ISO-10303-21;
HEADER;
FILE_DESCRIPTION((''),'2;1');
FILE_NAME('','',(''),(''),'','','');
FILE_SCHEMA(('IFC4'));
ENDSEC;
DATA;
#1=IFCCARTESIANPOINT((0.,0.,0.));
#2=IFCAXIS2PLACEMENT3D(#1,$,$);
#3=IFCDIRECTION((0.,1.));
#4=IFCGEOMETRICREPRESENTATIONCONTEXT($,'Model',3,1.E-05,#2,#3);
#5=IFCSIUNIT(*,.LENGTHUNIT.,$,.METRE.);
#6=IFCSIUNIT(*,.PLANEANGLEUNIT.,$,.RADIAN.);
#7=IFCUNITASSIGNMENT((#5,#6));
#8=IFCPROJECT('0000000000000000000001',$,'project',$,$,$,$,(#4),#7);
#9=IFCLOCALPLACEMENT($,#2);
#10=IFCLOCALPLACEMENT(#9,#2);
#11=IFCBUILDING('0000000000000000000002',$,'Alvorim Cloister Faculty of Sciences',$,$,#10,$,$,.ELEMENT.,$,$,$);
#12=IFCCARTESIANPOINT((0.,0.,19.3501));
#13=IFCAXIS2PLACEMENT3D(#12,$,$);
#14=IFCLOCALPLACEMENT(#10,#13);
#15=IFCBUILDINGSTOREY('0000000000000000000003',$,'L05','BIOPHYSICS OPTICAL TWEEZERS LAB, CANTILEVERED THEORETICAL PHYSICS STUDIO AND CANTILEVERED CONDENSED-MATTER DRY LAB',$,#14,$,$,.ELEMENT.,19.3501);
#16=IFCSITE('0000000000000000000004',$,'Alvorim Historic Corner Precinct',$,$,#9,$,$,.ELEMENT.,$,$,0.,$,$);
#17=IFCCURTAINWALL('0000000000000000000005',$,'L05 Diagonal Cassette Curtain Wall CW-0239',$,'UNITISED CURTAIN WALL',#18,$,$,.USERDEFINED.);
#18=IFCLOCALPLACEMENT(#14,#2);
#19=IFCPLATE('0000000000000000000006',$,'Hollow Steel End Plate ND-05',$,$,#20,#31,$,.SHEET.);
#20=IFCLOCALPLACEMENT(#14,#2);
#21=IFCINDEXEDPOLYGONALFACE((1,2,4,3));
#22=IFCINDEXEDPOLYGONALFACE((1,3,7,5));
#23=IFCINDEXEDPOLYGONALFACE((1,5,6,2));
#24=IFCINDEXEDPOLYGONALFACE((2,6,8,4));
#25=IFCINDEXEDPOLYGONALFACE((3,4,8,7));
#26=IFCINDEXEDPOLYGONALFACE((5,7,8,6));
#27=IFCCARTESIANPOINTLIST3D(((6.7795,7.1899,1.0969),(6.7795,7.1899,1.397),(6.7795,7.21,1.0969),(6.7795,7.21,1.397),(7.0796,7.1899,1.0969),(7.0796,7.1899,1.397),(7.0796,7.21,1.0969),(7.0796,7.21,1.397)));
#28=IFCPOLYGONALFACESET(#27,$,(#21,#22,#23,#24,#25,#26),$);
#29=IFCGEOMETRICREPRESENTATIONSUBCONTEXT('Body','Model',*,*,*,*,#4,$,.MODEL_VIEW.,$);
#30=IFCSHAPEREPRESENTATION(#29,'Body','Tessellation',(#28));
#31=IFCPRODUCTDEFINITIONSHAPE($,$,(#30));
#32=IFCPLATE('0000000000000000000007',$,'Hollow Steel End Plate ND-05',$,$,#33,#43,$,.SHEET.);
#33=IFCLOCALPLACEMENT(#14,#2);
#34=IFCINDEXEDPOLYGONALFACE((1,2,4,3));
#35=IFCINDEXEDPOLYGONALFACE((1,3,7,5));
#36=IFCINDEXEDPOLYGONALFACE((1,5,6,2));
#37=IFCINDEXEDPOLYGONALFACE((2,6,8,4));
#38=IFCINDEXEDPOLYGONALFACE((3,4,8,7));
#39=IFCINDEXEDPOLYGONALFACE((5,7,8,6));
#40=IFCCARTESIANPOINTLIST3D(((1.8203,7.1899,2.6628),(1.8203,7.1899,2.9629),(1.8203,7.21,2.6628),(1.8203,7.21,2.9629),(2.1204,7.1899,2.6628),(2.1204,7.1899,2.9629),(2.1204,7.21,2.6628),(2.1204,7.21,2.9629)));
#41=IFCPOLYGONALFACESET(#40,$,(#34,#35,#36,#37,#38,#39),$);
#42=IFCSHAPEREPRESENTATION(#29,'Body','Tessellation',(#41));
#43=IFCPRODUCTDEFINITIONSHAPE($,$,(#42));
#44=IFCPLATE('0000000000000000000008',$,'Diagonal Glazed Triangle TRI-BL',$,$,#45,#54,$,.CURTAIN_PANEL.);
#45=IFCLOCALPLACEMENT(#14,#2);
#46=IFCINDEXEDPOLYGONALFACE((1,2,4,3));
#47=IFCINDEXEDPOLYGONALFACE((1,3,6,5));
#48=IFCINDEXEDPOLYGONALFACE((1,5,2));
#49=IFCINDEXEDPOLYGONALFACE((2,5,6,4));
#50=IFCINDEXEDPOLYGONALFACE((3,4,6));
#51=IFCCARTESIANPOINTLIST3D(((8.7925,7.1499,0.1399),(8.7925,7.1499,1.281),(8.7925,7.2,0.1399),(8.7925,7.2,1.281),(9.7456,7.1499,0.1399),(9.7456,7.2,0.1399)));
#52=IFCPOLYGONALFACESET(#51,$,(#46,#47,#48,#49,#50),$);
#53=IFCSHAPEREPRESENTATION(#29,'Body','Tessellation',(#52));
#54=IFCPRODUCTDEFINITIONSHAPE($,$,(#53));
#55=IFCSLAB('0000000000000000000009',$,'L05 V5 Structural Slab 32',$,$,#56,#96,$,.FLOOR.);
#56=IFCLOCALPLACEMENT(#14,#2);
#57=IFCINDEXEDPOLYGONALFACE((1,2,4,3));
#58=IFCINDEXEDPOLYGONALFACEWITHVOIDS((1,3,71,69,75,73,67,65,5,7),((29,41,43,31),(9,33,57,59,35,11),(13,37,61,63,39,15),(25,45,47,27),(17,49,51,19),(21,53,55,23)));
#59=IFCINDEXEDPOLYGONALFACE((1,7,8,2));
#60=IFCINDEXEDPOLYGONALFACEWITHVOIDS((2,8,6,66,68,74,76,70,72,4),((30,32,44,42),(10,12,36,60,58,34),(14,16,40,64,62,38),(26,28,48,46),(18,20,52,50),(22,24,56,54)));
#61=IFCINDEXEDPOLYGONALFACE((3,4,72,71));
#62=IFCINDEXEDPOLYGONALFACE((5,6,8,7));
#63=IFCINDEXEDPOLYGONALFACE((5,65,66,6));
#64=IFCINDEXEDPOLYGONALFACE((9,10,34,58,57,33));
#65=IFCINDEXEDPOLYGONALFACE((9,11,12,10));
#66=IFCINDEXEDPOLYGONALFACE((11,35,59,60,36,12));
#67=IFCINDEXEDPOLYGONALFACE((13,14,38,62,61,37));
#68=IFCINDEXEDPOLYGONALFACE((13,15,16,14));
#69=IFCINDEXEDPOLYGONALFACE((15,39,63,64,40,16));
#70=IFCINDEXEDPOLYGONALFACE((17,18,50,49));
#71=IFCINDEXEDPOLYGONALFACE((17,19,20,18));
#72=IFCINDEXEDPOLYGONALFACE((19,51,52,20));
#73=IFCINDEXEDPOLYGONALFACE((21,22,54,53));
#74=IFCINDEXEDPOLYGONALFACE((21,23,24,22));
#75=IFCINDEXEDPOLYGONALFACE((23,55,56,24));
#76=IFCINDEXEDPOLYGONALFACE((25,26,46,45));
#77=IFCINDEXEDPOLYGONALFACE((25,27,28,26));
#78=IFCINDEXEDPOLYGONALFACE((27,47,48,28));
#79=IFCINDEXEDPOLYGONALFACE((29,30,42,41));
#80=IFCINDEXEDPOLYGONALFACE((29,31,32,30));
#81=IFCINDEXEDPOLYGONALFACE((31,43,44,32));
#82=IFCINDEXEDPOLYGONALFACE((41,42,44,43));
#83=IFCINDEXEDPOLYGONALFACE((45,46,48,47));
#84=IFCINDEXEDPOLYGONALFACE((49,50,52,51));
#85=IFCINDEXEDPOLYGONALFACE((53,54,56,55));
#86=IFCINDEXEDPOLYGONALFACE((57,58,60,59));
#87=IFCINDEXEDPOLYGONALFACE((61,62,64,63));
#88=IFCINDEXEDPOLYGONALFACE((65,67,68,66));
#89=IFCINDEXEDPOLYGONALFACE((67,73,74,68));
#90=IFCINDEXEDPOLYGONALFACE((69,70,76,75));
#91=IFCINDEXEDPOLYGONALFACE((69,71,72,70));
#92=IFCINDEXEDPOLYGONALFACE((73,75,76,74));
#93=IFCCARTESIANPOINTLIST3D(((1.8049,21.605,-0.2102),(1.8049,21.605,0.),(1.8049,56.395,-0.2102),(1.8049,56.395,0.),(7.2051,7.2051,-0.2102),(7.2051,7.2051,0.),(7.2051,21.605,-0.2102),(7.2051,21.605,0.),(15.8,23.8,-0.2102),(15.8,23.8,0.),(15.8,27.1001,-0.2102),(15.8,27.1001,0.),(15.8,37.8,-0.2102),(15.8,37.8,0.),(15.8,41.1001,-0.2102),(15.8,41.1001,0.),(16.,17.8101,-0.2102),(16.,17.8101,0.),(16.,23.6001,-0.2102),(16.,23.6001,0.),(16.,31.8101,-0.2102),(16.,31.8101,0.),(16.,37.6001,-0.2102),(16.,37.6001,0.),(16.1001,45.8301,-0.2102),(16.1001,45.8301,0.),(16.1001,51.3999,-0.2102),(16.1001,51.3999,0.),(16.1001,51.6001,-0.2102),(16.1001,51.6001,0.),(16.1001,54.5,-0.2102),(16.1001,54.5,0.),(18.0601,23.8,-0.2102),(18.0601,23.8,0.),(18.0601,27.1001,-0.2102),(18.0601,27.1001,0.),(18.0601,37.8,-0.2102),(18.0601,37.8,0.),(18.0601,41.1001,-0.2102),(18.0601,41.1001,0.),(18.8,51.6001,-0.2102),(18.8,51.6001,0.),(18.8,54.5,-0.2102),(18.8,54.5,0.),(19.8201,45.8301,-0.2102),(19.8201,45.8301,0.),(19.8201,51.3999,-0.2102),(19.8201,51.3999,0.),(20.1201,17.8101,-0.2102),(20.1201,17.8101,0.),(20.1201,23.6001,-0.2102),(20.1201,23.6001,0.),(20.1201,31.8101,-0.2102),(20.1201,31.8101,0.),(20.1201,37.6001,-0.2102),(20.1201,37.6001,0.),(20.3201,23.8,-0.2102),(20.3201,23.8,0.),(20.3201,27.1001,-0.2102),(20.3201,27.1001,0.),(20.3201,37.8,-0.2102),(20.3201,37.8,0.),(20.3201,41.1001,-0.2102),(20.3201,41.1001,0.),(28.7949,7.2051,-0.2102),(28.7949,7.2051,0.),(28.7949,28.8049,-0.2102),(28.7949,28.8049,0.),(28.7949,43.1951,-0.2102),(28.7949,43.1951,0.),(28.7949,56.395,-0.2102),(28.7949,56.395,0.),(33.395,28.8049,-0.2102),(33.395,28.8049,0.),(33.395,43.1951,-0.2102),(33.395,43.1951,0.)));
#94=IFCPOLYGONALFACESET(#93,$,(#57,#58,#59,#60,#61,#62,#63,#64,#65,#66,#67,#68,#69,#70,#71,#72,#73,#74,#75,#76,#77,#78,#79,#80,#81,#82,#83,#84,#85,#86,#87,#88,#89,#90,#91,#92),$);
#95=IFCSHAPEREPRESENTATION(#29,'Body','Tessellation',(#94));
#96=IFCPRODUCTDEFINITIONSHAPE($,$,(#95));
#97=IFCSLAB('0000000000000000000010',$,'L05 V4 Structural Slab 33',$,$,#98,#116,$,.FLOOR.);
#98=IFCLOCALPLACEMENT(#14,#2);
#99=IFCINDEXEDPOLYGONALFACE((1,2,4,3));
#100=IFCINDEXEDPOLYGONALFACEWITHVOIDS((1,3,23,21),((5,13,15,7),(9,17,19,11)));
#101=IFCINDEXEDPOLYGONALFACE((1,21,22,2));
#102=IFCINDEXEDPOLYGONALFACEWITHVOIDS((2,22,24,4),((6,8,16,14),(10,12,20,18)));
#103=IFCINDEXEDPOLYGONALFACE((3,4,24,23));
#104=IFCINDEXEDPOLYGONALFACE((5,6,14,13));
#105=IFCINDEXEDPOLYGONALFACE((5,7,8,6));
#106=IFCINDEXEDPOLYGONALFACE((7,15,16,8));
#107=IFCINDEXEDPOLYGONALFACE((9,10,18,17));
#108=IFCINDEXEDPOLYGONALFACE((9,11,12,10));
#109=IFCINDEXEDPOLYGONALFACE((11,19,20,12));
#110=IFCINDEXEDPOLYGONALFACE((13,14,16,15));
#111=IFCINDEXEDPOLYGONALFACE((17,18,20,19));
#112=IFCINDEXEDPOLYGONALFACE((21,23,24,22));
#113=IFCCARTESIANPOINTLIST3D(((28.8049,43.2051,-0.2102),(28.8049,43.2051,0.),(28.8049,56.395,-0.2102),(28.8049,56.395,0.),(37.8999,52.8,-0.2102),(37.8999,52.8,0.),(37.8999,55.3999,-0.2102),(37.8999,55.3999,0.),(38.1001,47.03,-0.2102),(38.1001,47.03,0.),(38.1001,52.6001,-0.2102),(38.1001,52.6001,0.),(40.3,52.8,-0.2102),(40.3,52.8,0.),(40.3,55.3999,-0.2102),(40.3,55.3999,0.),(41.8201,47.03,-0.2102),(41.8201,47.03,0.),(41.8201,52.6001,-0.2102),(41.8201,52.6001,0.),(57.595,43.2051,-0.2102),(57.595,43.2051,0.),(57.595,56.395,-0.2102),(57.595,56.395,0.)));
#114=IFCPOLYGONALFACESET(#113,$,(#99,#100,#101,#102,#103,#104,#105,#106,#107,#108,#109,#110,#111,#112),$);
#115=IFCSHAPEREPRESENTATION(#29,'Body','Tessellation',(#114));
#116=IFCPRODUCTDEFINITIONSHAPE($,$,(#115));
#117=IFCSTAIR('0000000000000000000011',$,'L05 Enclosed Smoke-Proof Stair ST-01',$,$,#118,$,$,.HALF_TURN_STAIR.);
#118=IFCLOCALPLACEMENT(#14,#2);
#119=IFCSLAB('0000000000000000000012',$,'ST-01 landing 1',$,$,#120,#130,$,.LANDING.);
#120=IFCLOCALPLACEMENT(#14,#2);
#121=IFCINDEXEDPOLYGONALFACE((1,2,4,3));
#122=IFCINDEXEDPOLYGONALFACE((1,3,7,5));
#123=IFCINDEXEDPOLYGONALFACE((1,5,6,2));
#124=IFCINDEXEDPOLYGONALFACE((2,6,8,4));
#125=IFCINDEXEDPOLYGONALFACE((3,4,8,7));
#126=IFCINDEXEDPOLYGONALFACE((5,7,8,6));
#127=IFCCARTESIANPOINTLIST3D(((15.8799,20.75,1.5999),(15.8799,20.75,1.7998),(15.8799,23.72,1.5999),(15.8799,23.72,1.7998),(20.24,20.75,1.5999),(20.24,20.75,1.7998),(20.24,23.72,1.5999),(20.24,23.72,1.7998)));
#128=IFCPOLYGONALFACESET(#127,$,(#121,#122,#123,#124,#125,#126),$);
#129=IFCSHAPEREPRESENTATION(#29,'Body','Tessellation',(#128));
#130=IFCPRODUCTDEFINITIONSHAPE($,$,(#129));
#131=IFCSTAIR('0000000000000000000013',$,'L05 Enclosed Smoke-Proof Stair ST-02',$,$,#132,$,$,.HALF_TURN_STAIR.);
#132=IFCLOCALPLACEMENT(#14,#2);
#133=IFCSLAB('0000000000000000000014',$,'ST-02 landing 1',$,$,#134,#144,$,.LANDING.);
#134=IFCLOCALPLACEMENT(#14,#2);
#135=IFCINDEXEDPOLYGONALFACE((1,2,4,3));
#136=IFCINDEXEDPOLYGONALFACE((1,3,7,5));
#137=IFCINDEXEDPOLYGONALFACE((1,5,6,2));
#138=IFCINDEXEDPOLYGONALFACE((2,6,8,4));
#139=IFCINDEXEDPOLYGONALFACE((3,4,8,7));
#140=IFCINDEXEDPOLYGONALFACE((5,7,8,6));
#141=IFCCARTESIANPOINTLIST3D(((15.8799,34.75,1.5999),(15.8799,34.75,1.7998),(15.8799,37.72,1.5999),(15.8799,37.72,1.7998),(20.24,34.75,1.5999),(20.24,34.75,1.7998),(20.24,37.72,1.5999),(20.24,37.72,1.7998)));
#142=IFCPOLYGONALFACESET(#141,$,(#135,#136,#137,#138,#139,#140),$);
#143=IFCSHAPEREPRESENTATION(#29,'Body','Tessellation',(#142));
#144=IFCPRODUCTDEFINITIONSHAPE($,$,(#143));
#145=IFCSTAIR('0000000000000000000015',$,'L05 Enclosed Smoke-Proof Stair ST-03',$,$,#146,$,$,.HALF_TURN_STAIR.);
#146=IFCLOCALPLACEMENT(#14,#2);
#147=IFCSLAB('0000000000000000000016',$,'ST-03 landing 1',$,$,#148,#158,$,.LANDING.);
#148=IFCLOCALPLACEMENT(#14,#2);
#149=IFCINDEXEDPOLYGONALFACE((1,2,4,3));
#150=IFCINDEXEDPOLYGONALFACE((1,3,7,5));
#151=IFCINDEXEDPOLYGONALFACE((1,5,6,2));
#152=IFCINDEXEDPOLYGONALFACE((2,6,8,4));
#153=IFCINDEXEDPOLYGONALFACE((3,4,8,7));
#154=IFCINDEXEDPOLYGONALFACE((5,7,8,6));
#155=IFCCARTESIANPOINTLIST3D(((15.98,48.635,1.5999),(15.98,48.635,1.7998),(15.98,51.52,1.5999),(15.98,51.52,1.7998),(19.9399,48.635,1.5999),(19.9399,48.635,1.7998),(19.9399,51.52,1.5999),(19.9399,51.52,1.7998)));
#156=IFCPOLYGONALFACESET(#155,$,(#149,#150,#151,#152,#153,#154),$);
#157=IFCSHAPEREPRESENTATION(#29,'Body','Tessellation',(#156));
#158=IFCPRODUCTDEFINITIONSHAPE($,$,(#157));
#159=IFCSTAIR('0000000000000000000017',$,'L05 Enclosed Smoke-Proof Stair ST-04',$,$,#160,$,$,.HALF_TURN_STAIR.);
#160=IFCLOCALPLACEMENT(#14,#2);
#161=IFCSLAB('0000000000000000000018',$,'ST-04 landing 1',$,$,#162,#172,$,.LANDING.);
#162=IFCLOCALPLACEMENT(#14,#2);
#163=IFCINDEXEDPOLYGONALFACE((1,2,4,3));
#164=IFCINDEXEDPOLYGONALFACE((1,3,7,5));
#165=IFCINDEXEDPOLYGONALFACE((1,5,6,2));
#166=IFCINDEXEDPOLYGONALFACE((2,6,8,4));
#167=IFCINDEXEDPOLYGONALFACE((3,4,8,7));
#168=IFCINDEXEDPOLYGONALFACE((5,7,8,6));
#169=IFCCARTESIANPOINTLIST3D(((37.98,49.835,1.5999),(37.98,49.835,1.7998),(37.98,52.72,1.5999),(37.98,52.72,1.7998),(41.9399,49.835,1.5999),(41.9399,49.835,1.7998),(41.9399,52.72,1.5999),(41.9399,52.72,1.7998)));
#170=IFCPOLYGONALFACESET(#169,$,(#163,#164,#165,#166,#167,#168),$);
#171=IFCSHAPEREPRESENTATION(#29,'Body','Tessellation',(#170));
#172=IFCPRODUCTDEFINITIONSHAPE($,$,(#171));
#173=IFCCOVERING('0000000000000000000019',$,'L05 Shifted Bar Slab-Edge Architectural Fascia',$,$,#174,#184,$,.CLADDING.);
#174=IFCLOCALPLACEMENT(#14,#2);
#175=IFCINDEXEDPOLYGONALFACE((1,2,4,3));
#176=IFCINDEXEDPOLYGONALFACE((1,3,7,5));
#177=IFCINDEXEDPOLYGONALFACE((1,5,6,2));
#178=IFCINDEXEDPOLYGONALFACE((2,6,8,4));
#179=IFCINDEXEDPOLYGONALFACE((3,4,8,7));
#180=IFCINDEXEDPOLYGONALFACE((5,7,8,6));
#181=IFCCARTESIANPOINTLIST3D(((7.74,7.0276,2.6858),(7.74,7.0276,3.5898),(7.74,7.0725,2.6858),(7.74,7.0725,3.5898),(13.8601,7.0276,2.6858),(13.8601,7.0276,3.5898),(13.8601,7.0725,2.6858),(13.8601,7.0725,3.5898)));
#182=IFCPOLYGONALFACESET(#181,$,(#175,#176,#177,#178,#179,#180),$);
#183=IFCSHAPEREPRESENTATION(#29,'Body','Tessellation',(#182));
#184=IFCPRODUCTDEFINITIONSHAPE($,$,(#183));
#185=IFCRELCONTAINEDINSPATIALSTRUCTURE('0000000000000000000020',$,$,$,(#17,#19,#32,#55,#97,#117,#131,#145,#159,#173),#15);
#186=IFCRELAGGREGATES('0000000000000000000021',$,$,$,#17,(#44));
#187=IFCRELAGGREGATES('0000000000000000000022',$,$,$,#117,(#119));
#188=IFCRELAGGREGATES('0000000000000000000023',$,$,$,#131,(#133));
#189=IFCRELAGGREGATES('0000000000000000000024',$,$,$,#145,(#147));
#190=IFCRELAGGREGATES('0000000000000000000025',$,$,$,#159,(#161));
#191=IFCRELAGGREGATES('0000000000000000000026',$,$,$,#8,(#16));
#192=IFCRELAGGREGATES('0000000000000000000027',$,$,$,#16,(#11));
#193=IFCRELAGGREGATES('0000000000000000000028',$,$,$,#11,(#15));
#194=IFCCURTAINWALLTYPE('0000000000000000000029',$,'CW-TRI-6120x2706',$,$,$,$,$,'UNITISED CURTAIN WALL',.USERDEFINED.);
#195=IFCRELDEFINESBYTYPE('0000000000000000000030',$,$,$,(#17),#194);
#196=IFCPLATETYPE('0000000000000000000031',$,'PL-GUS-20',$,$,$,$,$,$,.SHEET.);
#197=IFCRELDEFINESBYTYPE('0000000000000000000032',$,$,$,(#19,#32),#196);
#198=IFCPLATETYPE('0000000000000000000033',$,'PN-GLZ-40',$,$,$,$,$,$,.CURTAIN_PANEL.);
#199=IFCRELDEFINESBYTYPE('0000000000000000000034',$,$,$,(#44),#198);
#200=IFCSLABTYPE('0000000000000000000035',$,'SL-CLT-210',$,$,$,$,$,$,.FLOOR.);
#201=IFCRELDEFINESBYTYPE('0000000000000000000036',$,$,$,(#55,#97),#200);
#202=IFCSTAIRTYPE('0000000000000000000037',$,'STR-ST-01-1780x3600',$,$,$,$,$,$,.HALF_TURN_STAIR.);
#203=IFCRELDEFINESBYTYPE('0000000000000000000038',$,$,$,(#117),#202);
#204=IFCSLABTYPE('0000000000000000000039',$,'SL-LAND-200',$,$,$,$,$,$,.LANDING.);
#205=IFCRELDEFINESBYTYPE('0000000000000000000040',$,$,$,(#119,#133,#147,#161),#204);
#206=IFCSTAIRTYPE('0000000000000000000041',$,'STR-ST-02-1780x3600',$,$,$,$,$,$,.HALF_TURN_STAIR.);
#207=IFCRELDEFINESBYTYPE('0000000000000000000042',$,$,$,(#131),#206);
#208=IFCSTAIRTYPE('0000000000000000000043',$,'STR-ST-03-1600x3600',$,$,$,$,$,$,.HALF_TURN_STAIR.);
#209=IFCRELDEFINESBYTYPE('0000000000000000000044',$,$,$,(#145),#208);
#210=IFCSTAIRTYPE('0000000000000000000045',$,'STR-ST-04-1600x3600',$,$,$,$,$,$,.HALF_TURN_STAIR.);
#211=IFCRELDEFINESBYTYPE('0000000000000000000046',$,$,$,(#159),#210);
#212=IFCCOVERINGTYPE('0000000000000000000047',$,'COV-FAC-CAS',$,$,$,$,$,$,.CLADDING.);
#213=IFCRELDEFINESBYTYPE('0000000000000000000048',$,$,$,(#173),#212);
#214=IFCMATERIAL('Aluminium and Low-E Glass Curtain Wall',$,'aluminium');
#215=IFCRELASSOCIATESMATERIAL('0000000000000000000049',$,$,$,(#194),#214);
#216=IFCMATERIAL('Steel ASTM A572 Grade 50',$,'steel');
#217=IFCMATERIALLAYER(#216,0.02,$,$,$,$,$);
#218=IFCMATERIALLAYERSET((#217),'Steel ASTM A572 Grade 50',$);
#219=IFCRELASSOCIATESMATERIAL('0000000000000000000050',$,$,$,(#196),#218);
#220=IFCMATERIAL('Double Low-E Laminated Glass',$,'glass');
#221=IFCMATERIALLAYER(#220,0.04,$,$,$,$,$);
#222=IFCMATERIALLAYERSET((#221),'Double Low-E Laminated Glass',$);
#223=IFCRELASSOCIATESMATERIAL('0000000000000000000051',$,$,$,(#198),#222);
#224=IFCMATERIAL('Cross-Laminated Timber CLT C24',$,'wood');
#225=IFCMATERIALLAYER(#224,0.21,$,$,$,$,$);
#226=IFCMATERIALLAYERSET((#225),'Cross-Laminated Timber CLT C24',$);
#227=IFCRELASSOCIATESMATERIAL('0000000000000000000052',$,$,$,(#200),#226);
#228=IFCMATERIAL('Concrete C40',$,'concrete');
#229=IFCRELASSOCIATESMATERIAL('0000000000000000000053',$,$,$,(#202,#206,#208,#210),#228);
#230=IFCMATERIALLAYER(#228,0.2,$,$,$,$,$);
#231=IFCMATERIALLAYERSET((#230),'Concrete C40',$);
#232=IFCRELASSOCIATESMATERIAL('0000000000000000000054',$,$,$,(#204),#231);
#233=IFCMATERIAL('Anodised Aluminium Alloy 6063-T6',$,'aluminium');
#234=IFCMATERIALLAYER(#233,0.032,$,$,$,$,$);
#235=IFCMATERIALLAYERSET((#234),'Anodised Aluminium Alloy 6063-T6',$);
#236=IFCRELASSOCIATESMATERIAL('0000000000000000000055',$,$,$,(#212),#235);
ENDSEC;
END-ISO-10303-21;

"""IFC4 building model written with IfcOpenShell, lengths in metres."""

from ifc_helpers import new_model, si_unit, direction, frame, origin, place, context, subcontext, project, spatial, polyline, outline, extrude, material, layer, layer_set, type_object, element, aggregate, save


model = new_model("IFC4")

# Units and contexts
model_context = context("Model", 3, precision=1e-05, world=origin(), true_north=direction((0.0, 1.0)))
body_context = subcontext(model_context, "Body", "Model", "MODEL_VIEW")
ifc_project = project(units=[si_unit("LENGTHUNIT", "METRE"), si_unit("PLANEANGLEUNIT", "RADIAN")], contexts=[model_context])

# Site, building, storey
site_placement = place(None, origin())
site = spatial("IfcSite", under=ifc_project, at=site_placement, Name="Alvorim Historic Corner Precinct", CompositionType="ELEMENT", RefElevation=0.0)
building_placement = place(site_placement, origin())
building = spatial("IfcBuilding", under=site, at=building_placement, Name="Alvorim Cloister Faculty of Sciences", CompositionType="ELEMENT")
storey_placement = place(building_placement, frame((0.0, 0.0, 19.3501)))
storey = spatial("IfcBuildingStorey", under=building, at=storey_placement, Name="L05", Description="BIOPHYSICS OPTICAL TWEEZERS LAB, CANTILEVERED THEORETICAL PHYSICS STUDIO AND CANTILEVERED CONDENSED-MATTER DRY LAB", CompositionType="ELEMENT", Elevation=19.3501)

# Shared definitions
ifc_material_1 = material(Name="Steel ASTM A572 Grade 50", Category="steel")

# Curtain wall
ifc_material_2 = material(Name="Aluminium and Low-E Glass Curtain Wall", Category="aluminium")
curtain_wall_type = type_object("IfcCurtainWallType", Name="CW-TRI-6120x2706", ElementType="UNITISED CURTAIN WALL", PredefinedType="USERDEFINED", material=ifc_material_2)
curtain_wall_placement = place(storey_placement, origin())
curtain_wall = element("IfcCurtainWall", 1, at=curtain_wall_placement, inside=storey, type_object=curtain_wall_type, Name="L05 Diagonal Cassette Curtain Wall CW-0239", ObjectType="UNITISED CURTAIN WALL", PredefinedType="USERDEFINED")

# Plates
ifc_layer_1 = layer(ifc_material_1, 0.02)
ifc_layer_set_1 = layer_set([ifc_layer_1], Name="Steel ASTM A572 Grade 50")
plate_type_1 = type_object("IfcPlateType", Name="PL-GUS-20", PredefinedType="SHEET", material=ifc_layer_set_1)
for number, where, z_axis, x_axis, name in (
    (2, (7.0796, 7.2, 1.0969), (0.0, 0.0, 1.0), (-1.0, 0.0, 0.0), "Hollow Steel End Plate ND-05"),
    (3, (2.1204, 7.2, 2.6628), (0.0, 0.0, 1.0), (-1.0, 0.0, 0.0), "Hollow Steel End Plate ND-05"),
):
    element("IfcPlate", number, at=place(storey_placement, frame(where, z_axis=z_axis, x_axis=x_axis)), inside=storey, type_object=plate_type_1, Name=name, PredefinedType="SHEET", context=body_context, shape_type="SweptSolid", body=[
        extrude(outline(polyline([(0.0, 0.0), (0.3, 0.0), (0.3, 0.3), (0.0, 0.3), (0.0, 0.0)])), frame((0.0, 0.01, 0.0), z_axis=(0.0, -1.0, 0.0), x_axis=(1.0, 0.0, 0.0)), (0.0, 0.0, 1.0), 0.02),
    ])

# Plate
ifc_material_3 = material(Name="Double Low-E Laminated Glass", Category="glass")
ifc_layer_2 = layer(ifc_material_3, 0.04)
ifc_layer_set_2 = layer_set([ifc_layer_2], Name="Double Low-E Laminated Glass")
plate_type_2 = type_object("IfcPlateType", Name="PN-GLZ-40", PredefinedType="CURTAIN_PANEL", material=ifc_layer_set_2)
plate_1_placement = place(storey_placement, frame((8.7925, 7.175, 0.1399), z_axis=(0.0, 0.0, 1.0), x_axis=(1.0, 0.0, 0.0)))
plate_1 = element("IfcPlate", 4, at=plate_1_placement, type_object=plate_type_2, Name="Diagonal Glazed Triangle TRI-BL", PredefinedType="CURTAIN_PANEL", context=body_context, shape_type="SweptSolid", body=[
    extrude(outline(polyline([(0.0, 0.0), (0.9531, 0.0), (0.0, 1.1411), (0.0, 0.0)])), frame((0.0, 0.0249, 0.0), z_axis=(0.0, -1.0, 0.0), x_axis=(1.0, 0.0, 0.0)), (0.0, 0.0, 1.0), 0.05),
])
aggregate(curtain_wall, [plate_1])

# Slabs
ifc_material_4 = material(Name="Cross-Laminated Timber CLT C24", Category="wood")
ifc_layer_3 = layer(ifc_material_4, 0.21)
ifc_layer_set_3 = layer_set([ifc_layer_3], Name="Cross-Laminated Timber CLT C24")
slab_type_1 = type_object("IfcSlabType", Name="SL-CLT-210", PredefinedType="FLOOR", material=ifc_layer_set_3)
slab_1_placement = place(storey_placement, frame((0.0, 0.0, -0.2102)))
element("IfcSlab", 5, at=slab_1_placement, inside=storey, type_object=slab_type_1, Name="L05 V5 Structural Slab 32", PredefinedType="FLOOR", context=body_context, shape_type="SweptSolid", body=[
    extrude(outline(polyline([(7.2051, 21.605), (1.8049, 21.605), (1.8049, 56.395), (28.7949, 56.395), (28.7949, 43.1951), (33.395, 43.1951), (33.395, 28.8049), (28.7949, 28.8049), (28.7949, 7.2051), (7.2051, 7.2051), (7.2051, 21.605)]), holes=[polyline([(16.0, 23.6001), (16.0, 17.8101), (20.1201, 17.8101), (20.1201, 23.6001), (16.0, 23.6001)]), polyline([(15.8, 27.1001), (15.8, 23.8), (18.0601, 23.8), (20.3201, 23.8), (20.3201, 27.1001), (18.0601, 27.1001), (15.8, 27.1001)]), polyline([(20.1201, 37.6001), (16.0, 37.6001), (16.0, 31.8101), (20.1201, 31.8101), (20.1201, 37.6001)]), polyline([(18.0601, 37.8), (20.3201, 37.8), (20.3201, 41.1001), (18.0601, 41.1001), (15.8, 41.1001), (15.8, 37.8), (18.0601, 37.8)]), polyline([(16.1001, 51.3999), (16.1001, 45.8301), (19.8201, 45.8301), (19.8201, 51.3999), (16.1001, 51.3999)]), polyline([(18.8, 54.5), (16.1001, 54.5), (16.1001, 51.6001), (18.8, 51.6001), (18.8, 54.5)])]), origin(), (0.0, 0.0, 1.0), 0.2102),
])
slab_2_placement = place(storey_placement, frame((0.0, 0.0, -0.2102)))
element("IfcSlab", 6, at=slab_2_placement, inside=storey, type_object=slab_type_1, Name="L05 V4 Structural Slab 33", PredefinedType="FLOOR", context=body_context, shape_type="SweptSolid", body=[
    extrude(outline(polyline([(28.8049, 43.2051), (28.8049, 56.395), (57.595, 56.395), (57.595, 43.2051), (28.8049, 43.2051)]), holes=[polyline([(38.1001, 52.6001), (38.1001, 47.03), (41.8201, 47.03), (41.8201, 52.6001), (38.1001, 52.6001)]), polyline([(40.3, 55.3999), (37.8999, 55.3999), (37.8999, 52.8), (40.3, 52.8), (40.3, 55.3999)])]), origin(), (0.0, 0.0, 1.0), 0.2102),
])

# Stairs, slabs
ifc_material_5 = material(Name="Concrete C40", Category="concrete")
stair_type_1 = type_object("IfcStairType", Name="STR-ST-01-1780x3600", PredefinedType="HALF_TURN_STAIR", material=ifc_material_5)
stair_1_placement = place(storey_placement, origin())
stair_1 = element("IfcStair", 7, at=stair_1_placement, inside=storey, type_object=stair_type_1, Name="L05 Enclosed Smoke-Proof Stair ST-01", PredefinedType="HALF_TURN_STAIR")
ifc_layer_4 = layer(ifc_material_5, 0.2)
ifc_layer_set_4 = layer_set([ifc_layer_4], Name="Concrete C40")
slab_type_2 = type_object("IfcSlabType", Name="SL-LAND-200", PredefinedType="LANDING", material=ifc_layer_set_4)
slab_3_placement = place(storey_placement, frame((0.0, 0.0, 1.5999)))
slab_3 = element("IfcSlab", 8, at=slab_3_placement, type_object=slab_type_2, Name="ST-01 landing 1", PredefinedType="LANDING", context=body_context, shape_type="SweptSolid", body=[
    extrude(outline(polyline([(20.24, 20.75), (20.24, 23.72), (15.8799, 23.72), (15.8799, 20.75), (20.24, 20.75)])), origin(), (0.0, 0.0, 1.0), 0.2),
])
aggregate(stair_1, [slab_3])
stair_type_2 = type_object("IfcStairType", Name="STR-ST-02-1780x3600", PredefinedType="HALF_TURN_STAIR", material=ifc_material_5)
stair_2_placement = place(storey_placement, origin())
stair_2 = element("IfcStair", 9, at=stair_2_placement, inside=storey, type_object=stair_type_2, Name="L05 Enclosed Smoke-Proof Stair ST-02", PredefinedType="HALF_TURN_STAIR")
slab_4_placement = place(storey_placement, frame((0.0, 0.0, 1.5999)))
slab_4 = element("IfcSlab", 10, at=slab_4_placement, type_object=slab_type_2, Name="ST-02 landing 1", PredefinedType="LANDING", context=body_context, shape_type="SweptSolid", body=[
    extrude(outline(polyline([(20.24, 34.75), (20.24, 37.72), (15.8799, 37.72), (15.8799, 34.75), (20.24, 34.75)])), origin(), (0.0, 0.0, 1.0), 0.2),
])
aggregate(stair_2, [slab_4])
stair_type_3 = type_object("IfcStairType", Name="STR-ST-03-1600x3600", PredefinedType="HALF_TURN_STAIR", material=ifc_material_5)
stair_3_placement = place(storey_placement, origin())
stair_3 = element("IfcStair", 11, at=stair_3_placement, inside=storey, type_object=stair_type_3, Name="L05 Enclosed Smoke-Proof Stair ST-03", PredefinedType="HALF_TURN_STAIR")
slab_5_placement = place(storey_placement, frame((0.0, 0.0, 1.5999)))
slab_5 = element("IfcSlab", 12, at=slab_5_placement, type_object=slab_type_2, Name="ST-03 landing 1", PredefinedType="LANDING", context=body_context, shape_type="SweptSolid", body=[
    extrude(outline(polyline([(19.9399, 48.635), (19.9399, 51.52), (15.98, 51.52), (15.98, 48.635), (19.9399, 48.635)])), origin(), (0.0, 0.0, 1.0), 0.2),
])
aggregate(stair_3, [slab_5])
stair_type_4 = type_object("IfcStairType", Name="STR-ST-04-1600x3600", PredefinedType="HALF_TURN_STAIR", material=ifc_material_5)
stair_4_placement = place(storey_placement, origin())
stair_4 = element("IfcStair", 13, at=stair_4_placement, inside=storey, type_object=stair_type_4, Name="L05 Enclosed Smoke-Proof Stair ST-04", PredefinedType="HALF_TURN_STAIR")
slab_6_placement = place(storey_placement, frame((0.0, 0.0, 1.5999)))
slab_6 = element("IfcSlab", 14, at=slab_6_placement, type_object=slab_type_2, Name="ST-04 landing 1", PredefinedType="LANDING", context=body_context, shape_type="SweptSolid", body=[
    extrude(outline(polyline([(41.9399, 49.835), (41.9399, 52.72), (37.98, 52.72), (37.98, 49.835), (41.9399, 49.835)])), origin(), (0.0, 0.0, 1.0), 0.2),
])
aggregate(stair_4, [slab_6])

# Covering
ifc_material_6 = material(Name="Anodised Aluminium Alloy 6063-T6", Category="aluminium")
ifc_layer_5 = layer(ifc_material_6, 0.032)
ifc_layer_set_5 = layer_set([ifc_layer_5], Name="Anodised Aluminium Alloy 6063-T6")
covering_type = type_object("IfcCoveringType", Name="COV-FAC-CAS", PredefinedType="CLADDING", material=ifc_layer_set_5)
covering_placement = place(storey_placement, frame((7.74, 7.05, 2.6858), z_axis=(0.0, 0.0, 1.0), x_axis=(1.0, 0.0, 0.0)))
element("IfcCovering", 15, at=covering_placement, inside=storey, type_object=covering_type, Name="L05 Shifted Bar Slab-Edge Architectural Fascia", PredefinedType="CLADDING", context=body_context, shape_type="SweptSolid", body=[
    extrude(outline(polyline([(0.0, 0.0), (6.1201, 0.0), (6.1201, 0.9041), (0.0, 0.9041), (0.0, 0.0)])), frame((0.0, 0.0225, 0.0), z_axis=(0.0, -1.0, 0.0), x_axis=(1.0, 0.0, 0.0)), (0.0, 0.0, 1.0), 0.0449),
])

save(model, "model.ifc")
